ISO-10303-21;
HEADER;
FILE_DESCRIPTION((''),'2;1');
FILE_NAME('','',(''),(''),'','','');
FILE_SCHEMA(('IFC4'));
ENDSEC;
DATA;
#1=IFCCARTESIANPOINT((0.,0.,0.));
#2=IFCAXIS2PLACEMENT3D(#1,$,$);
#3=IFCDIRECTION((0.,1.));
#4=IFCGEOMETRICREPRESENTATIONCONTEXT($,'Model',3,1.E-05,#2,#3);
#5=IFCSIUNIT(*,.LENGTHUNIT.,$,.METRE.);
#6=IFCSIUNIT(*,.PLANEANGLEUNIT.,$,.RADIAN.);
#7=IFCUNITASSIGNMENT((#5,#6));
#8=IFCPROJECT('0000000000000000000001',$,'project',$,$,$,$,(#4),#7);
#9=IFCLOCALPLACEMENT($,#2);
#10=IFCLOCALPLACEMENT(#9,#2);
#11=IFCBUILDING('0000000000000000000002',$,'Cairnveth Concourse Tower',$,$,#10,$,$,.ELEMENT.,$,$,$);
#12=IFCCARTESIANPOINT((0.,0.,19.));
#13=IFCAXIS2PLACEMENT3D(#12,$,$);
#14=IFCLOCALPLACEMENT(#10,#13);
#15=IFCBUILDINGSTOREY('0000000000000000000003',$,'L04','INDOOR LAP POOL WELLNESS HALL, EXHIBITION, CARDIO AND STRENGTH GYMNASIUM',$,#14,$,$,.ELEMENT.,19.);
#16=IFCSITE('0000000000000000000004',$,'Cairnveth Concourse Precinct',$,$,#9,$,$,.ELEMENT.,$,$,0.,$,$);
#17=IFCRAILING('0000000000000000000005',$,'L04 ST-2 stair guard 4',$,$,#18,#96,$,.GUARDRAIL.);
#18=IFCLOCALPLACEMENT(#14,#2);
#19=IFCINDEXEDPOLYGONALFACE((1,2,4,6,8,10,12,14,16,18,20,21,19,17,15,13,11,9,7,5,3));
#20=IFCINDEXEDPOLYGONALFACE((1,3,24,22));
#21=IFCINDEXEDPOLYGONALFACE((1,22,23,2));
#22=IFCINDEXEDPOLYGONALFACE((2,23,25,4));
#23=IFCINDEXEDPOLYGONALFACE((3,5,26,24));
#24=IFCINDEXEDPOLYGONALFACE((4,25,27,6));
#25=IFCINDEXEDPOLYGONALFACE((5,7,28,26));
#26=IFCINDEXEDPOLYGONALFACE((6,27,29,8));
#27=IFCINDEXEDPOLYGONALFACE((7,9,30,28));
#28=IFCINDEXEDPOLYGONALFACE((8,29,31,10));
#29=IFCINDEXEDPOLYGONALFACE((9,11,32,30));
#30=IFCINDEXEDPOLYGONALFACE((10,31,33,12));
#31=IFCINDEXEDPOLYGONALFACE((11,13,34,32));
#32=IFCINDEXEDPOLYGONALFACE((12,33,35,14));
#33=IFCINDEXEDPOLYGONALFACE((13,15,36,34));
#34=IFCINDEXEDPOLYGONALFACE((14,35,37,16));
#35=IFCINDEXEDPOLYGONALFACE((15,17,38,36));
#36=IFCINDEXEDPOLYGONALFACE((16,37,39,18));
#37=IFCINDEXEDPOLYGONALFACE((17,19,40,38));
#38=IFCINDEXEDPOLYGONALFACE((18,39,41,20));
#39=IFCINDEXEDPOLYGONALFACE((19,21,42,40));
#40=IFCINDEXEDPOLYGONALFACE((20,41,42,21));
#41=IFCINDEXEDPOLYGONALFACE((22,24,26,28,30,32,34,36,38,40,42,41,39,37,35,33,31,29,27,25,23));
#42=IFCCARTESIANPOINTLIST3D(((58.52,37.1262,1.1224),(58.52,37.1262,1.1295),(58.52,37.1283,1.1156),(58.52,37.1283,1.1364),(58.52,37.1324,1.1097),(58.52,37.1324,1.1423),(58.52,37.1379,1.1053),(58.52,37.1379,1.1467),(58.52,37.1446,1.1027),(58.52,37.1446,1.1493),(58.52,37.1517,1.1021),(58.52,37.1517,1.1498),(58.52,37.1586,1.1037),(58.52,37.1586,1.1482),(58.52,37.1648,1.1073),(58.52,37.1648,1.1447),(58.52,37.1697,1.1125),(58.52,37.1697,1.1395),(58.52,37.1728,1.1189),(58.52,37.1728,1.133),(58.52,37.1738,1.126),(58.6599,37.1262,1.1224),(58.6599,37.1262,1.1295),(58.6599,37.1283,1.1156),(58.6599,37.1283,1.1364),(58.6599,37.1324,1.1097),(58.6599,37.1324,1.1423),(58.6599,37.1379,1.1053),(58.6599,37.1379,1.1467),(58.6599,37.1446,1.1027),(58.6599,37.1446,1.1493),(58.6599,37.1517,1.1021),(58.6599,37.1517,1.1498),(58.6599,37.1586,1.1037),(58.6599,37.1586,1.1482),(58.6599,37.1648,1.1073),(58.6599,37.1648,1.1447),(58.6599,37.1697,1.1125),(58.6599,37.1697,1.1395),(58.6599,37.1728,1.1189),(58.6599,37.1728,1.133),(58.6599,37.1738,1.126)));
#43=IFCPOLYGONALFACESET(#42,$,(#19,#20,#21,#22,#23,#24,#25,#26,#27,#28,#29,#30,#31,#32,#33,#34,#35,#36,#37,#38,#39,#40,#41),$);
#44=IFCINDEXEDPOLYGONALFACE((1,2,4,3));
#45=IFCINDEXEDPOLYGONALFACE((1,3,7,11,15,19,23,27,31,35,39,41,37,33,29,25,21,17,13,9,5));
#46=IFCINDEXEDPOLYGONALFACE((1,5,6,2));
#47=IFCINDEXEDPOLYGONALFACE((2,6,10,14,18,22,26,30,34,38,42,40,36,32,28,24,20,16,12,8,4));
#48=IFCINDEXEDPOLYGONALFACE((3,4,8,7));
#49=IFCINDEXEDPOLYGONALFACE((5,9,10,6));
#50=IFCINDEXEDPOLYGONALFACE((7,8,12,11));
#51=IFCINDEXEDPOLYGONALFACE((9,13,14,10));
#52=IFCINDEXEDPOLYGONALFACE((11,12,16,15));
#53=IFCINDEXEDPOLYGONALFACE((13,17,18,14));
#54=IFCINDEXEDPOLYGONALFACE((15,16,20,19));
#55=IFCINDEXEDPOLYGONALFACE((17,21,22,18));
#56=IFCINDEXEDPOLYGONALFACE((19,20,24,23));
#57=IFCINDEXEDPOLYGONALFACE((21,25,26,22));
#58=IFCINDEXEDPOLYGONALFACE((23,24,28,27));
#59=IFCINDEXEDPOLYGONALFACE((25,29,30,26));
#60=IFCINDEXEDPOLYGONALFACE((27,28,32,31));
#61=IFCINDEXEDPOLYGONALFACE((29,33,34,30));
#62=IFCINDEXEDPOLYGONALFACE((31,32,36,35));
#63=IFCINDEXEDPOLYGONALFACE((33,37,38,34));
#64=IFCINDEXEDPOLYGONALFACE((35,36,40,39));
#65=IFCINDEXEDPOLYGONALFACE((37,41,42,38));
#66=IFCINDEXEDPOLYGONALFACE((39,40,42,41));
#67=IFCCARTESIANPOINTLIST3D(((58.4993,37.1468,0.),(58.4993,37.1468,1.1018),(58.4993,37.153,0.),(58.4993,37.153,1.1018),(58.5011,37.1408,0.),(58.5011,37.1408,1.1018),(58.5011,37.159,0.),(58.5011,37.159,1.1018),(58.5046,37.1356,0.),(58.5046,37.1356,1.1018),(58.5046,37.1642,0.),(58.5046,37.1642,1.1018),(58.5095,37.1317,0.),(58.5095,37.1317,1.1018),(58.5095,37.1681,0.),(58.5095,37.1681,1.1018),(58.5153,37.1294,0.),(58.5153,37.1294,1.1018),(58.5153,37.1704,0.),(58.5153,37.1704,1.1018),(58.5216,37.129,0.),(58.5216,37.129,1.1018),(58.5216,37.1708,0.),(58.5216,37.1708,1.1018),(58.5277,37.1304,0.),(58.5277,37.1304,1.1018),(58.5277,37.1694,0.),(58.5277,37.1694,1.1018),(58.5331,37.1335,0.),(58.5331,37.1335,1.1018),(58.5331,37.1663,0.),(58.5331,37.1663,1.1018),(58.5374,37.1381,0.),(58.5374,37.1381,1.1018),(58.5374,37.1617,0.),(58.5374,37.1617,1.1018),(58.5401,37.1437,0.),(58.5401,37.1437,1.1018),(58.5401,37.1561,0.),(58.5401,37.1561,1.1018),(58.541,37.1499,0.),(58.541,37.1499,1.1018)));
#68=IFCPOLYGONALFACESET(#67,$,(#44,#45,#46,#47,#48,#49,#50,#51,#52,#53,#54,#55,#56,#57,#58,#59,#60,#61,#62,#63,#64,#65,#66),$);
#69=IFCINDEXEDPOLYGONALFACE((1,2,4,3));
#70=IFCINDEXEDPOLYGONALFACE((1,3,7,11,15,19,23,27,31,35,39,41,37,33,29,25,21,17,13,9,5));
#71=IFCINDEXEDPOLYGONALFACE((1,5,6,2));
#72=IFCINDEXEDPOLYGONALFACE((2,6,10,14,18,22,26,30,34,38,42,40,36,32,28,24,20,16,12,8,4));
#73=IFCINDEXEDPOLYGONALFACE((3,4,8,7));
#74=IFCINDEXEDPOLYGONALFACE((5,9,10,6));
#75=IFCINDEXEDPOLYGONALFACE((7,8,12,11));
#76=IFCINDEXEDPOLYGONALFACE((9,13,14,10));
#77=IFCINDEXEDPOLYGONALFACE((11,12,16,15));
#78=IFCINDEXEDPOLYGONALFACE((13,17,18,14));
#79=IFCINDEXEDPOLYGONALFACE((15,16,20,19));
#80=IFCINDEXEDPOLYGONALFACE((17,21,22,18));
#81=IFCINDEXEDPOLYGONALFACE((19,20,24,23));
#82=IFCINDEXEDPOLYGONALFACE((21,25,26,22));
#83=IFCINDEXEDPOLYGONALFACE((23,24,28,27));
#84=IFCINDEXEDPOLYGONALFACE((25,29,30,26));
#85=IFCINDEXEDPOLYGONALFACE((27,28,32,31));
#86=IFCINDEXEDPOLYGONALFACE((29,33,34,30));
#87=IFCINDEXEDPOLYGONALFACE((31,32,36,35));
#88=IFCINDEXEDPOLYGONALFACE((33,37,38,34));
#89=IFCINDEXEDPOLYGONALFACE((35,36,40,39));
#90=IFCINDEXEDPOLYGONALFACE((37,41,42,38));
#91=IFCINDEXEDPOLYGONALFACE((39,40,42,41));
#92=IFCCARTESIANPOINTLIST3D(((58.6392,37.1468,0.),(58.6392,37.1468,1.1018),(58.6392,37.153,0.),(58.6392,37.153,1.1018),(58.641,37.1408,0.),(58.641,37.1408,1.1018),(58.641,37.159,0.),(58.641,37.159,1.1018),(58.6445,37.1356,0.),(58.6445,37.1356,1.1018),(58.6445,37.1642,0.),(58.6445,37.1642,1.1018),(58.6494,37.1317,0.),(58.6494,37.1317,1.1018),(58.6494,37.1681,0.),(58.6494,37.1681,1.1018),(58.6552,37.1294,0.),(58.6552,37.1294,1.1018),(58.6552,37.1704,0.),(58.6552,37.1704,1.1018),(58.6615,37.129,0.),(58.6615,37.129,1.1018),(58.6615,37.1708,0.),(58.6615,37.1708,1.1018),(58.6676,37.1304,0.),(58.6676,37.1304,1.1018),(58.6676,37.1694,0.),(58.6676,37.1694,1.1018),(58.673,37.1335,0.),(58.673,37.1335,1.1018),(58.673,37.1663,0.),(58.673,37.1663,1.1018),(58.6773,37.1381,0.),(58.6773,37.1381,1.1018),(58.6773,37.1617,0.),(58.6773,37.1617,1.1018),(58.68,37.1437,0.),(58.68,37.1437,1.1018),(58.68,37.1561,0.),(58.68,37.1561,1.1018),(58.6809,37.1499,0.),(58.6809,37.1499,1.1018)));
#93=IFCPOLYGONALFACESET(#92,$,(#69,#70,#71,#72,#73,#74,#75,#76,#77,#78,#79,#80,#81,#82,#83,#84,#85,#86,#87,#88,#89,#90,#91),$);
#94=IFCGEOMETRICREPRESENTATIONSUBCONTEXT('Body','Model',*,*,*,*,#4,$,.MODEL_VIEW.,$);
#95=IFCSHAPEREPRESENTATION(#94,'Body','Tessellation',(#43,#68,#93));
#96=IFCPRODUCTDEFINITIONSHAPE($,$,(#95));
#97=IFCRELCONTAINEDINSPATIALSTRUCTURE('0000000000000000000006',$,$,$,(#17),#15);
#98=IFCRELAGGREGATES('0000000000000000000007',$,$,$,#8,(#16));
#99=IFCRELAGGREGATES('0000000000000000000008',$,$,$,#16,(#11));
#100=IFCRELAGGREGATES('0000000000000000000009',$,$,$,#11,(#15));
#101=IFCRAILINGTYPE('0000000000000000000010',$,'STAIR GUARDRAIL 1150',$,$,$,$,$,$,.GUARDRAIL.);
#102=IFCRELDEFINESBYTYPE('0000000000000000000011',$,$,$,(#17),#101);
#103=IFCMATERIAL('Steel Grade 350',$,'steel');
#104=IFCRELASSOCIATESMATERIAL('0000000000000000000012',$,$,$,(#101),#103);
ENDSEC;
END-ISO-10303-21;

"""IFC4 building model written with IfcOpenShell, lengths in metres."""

from ifc_helpers import new_model, si_unit, direction, frame, origin, origin_2d, place, context, subcontext, project, spatial, circle, extrude, material, type_object, element, save


model = new_model("IFC4")

# Units and contexts
model_context = context("Model", 3, precision=1e-05, world=origin(), true_north=direction((0.0, 1.0)))
body_context = subcontext(model_context, "Body", "Model", "MODEL_VIEW")
ifc_project = project(units=[si_unit("LENGTHUNIT", "METRE"), si_unit("PLANEANGLEUNIT", "RADIAN")], contexts=[model_context])

# Site, building, storey
site_placement = place(None, origin())
site = spatial("IfcSite", under=ifc_project, at=site_placement, Name="Cairnveth Concourse Precinct", CompositionType="ELEMENT", RefElevation=0.0)
building_placement = place(site_placement, origin())
building = spatial("IfcBuilding", under=site, at=building_placement, Name="Cairnveth Concourse Tower", CompositionType="ELEMENT")
storey_placement = place(building_placement, frame((0.0, 0.0, 19.0)))
storey = spatial("IfcBuildingStorey", under=building, at=storey_placement, Name="L04", Description="INDOOR LAP POOL WELLNESS HALL, EXHIBITION, CARDIO AND STRENGTH GYMNASIUM", CompositionType="ELEMENT", Elevation=19.0)

# Shared definitions
ifc_material_1 = material(Name="Steel Grade 350", Category="steel")

# Railing
railing_type = type_object("IfcRailingType", Name="STAIR GUARDRAIL 1150", PredefinedType="GUARDRAIL", material=ifc_material_1)
railing_1_placement = place(storey_placement, frame((58.52, 37.1499, 0.0)))
element("IfcRailing", 1, at=railing_1_placement, inside=storey, type_object=railing_type, Name="L04 ST-2 stair guard 4", PredefinedType="GUARDRAIL", context=body_context, shape_type="SweptSolid", body=[
    extrude(circle(Radius=0.0239, at=origin_2d()), frame((0.0, 0.0, 1.126), z_axis=(1.0, 0.0, 0.0), x_axis=(0.0, 1.0, 0.0)), (0.0, 0.0, 1.0), 0.1399),
    extrude(circle(Radius=0.021, at=origin_2d()), origin(), (0.0, 0.0, 1.0), 1.1018),
    extrude(circle(Radius=0.021, at=origin_2d()), frame((0.1399, 0.0, 0.0)), (0.0, 0.0, 1.0), 1.1018),
])

save(model, "model.ifc")
